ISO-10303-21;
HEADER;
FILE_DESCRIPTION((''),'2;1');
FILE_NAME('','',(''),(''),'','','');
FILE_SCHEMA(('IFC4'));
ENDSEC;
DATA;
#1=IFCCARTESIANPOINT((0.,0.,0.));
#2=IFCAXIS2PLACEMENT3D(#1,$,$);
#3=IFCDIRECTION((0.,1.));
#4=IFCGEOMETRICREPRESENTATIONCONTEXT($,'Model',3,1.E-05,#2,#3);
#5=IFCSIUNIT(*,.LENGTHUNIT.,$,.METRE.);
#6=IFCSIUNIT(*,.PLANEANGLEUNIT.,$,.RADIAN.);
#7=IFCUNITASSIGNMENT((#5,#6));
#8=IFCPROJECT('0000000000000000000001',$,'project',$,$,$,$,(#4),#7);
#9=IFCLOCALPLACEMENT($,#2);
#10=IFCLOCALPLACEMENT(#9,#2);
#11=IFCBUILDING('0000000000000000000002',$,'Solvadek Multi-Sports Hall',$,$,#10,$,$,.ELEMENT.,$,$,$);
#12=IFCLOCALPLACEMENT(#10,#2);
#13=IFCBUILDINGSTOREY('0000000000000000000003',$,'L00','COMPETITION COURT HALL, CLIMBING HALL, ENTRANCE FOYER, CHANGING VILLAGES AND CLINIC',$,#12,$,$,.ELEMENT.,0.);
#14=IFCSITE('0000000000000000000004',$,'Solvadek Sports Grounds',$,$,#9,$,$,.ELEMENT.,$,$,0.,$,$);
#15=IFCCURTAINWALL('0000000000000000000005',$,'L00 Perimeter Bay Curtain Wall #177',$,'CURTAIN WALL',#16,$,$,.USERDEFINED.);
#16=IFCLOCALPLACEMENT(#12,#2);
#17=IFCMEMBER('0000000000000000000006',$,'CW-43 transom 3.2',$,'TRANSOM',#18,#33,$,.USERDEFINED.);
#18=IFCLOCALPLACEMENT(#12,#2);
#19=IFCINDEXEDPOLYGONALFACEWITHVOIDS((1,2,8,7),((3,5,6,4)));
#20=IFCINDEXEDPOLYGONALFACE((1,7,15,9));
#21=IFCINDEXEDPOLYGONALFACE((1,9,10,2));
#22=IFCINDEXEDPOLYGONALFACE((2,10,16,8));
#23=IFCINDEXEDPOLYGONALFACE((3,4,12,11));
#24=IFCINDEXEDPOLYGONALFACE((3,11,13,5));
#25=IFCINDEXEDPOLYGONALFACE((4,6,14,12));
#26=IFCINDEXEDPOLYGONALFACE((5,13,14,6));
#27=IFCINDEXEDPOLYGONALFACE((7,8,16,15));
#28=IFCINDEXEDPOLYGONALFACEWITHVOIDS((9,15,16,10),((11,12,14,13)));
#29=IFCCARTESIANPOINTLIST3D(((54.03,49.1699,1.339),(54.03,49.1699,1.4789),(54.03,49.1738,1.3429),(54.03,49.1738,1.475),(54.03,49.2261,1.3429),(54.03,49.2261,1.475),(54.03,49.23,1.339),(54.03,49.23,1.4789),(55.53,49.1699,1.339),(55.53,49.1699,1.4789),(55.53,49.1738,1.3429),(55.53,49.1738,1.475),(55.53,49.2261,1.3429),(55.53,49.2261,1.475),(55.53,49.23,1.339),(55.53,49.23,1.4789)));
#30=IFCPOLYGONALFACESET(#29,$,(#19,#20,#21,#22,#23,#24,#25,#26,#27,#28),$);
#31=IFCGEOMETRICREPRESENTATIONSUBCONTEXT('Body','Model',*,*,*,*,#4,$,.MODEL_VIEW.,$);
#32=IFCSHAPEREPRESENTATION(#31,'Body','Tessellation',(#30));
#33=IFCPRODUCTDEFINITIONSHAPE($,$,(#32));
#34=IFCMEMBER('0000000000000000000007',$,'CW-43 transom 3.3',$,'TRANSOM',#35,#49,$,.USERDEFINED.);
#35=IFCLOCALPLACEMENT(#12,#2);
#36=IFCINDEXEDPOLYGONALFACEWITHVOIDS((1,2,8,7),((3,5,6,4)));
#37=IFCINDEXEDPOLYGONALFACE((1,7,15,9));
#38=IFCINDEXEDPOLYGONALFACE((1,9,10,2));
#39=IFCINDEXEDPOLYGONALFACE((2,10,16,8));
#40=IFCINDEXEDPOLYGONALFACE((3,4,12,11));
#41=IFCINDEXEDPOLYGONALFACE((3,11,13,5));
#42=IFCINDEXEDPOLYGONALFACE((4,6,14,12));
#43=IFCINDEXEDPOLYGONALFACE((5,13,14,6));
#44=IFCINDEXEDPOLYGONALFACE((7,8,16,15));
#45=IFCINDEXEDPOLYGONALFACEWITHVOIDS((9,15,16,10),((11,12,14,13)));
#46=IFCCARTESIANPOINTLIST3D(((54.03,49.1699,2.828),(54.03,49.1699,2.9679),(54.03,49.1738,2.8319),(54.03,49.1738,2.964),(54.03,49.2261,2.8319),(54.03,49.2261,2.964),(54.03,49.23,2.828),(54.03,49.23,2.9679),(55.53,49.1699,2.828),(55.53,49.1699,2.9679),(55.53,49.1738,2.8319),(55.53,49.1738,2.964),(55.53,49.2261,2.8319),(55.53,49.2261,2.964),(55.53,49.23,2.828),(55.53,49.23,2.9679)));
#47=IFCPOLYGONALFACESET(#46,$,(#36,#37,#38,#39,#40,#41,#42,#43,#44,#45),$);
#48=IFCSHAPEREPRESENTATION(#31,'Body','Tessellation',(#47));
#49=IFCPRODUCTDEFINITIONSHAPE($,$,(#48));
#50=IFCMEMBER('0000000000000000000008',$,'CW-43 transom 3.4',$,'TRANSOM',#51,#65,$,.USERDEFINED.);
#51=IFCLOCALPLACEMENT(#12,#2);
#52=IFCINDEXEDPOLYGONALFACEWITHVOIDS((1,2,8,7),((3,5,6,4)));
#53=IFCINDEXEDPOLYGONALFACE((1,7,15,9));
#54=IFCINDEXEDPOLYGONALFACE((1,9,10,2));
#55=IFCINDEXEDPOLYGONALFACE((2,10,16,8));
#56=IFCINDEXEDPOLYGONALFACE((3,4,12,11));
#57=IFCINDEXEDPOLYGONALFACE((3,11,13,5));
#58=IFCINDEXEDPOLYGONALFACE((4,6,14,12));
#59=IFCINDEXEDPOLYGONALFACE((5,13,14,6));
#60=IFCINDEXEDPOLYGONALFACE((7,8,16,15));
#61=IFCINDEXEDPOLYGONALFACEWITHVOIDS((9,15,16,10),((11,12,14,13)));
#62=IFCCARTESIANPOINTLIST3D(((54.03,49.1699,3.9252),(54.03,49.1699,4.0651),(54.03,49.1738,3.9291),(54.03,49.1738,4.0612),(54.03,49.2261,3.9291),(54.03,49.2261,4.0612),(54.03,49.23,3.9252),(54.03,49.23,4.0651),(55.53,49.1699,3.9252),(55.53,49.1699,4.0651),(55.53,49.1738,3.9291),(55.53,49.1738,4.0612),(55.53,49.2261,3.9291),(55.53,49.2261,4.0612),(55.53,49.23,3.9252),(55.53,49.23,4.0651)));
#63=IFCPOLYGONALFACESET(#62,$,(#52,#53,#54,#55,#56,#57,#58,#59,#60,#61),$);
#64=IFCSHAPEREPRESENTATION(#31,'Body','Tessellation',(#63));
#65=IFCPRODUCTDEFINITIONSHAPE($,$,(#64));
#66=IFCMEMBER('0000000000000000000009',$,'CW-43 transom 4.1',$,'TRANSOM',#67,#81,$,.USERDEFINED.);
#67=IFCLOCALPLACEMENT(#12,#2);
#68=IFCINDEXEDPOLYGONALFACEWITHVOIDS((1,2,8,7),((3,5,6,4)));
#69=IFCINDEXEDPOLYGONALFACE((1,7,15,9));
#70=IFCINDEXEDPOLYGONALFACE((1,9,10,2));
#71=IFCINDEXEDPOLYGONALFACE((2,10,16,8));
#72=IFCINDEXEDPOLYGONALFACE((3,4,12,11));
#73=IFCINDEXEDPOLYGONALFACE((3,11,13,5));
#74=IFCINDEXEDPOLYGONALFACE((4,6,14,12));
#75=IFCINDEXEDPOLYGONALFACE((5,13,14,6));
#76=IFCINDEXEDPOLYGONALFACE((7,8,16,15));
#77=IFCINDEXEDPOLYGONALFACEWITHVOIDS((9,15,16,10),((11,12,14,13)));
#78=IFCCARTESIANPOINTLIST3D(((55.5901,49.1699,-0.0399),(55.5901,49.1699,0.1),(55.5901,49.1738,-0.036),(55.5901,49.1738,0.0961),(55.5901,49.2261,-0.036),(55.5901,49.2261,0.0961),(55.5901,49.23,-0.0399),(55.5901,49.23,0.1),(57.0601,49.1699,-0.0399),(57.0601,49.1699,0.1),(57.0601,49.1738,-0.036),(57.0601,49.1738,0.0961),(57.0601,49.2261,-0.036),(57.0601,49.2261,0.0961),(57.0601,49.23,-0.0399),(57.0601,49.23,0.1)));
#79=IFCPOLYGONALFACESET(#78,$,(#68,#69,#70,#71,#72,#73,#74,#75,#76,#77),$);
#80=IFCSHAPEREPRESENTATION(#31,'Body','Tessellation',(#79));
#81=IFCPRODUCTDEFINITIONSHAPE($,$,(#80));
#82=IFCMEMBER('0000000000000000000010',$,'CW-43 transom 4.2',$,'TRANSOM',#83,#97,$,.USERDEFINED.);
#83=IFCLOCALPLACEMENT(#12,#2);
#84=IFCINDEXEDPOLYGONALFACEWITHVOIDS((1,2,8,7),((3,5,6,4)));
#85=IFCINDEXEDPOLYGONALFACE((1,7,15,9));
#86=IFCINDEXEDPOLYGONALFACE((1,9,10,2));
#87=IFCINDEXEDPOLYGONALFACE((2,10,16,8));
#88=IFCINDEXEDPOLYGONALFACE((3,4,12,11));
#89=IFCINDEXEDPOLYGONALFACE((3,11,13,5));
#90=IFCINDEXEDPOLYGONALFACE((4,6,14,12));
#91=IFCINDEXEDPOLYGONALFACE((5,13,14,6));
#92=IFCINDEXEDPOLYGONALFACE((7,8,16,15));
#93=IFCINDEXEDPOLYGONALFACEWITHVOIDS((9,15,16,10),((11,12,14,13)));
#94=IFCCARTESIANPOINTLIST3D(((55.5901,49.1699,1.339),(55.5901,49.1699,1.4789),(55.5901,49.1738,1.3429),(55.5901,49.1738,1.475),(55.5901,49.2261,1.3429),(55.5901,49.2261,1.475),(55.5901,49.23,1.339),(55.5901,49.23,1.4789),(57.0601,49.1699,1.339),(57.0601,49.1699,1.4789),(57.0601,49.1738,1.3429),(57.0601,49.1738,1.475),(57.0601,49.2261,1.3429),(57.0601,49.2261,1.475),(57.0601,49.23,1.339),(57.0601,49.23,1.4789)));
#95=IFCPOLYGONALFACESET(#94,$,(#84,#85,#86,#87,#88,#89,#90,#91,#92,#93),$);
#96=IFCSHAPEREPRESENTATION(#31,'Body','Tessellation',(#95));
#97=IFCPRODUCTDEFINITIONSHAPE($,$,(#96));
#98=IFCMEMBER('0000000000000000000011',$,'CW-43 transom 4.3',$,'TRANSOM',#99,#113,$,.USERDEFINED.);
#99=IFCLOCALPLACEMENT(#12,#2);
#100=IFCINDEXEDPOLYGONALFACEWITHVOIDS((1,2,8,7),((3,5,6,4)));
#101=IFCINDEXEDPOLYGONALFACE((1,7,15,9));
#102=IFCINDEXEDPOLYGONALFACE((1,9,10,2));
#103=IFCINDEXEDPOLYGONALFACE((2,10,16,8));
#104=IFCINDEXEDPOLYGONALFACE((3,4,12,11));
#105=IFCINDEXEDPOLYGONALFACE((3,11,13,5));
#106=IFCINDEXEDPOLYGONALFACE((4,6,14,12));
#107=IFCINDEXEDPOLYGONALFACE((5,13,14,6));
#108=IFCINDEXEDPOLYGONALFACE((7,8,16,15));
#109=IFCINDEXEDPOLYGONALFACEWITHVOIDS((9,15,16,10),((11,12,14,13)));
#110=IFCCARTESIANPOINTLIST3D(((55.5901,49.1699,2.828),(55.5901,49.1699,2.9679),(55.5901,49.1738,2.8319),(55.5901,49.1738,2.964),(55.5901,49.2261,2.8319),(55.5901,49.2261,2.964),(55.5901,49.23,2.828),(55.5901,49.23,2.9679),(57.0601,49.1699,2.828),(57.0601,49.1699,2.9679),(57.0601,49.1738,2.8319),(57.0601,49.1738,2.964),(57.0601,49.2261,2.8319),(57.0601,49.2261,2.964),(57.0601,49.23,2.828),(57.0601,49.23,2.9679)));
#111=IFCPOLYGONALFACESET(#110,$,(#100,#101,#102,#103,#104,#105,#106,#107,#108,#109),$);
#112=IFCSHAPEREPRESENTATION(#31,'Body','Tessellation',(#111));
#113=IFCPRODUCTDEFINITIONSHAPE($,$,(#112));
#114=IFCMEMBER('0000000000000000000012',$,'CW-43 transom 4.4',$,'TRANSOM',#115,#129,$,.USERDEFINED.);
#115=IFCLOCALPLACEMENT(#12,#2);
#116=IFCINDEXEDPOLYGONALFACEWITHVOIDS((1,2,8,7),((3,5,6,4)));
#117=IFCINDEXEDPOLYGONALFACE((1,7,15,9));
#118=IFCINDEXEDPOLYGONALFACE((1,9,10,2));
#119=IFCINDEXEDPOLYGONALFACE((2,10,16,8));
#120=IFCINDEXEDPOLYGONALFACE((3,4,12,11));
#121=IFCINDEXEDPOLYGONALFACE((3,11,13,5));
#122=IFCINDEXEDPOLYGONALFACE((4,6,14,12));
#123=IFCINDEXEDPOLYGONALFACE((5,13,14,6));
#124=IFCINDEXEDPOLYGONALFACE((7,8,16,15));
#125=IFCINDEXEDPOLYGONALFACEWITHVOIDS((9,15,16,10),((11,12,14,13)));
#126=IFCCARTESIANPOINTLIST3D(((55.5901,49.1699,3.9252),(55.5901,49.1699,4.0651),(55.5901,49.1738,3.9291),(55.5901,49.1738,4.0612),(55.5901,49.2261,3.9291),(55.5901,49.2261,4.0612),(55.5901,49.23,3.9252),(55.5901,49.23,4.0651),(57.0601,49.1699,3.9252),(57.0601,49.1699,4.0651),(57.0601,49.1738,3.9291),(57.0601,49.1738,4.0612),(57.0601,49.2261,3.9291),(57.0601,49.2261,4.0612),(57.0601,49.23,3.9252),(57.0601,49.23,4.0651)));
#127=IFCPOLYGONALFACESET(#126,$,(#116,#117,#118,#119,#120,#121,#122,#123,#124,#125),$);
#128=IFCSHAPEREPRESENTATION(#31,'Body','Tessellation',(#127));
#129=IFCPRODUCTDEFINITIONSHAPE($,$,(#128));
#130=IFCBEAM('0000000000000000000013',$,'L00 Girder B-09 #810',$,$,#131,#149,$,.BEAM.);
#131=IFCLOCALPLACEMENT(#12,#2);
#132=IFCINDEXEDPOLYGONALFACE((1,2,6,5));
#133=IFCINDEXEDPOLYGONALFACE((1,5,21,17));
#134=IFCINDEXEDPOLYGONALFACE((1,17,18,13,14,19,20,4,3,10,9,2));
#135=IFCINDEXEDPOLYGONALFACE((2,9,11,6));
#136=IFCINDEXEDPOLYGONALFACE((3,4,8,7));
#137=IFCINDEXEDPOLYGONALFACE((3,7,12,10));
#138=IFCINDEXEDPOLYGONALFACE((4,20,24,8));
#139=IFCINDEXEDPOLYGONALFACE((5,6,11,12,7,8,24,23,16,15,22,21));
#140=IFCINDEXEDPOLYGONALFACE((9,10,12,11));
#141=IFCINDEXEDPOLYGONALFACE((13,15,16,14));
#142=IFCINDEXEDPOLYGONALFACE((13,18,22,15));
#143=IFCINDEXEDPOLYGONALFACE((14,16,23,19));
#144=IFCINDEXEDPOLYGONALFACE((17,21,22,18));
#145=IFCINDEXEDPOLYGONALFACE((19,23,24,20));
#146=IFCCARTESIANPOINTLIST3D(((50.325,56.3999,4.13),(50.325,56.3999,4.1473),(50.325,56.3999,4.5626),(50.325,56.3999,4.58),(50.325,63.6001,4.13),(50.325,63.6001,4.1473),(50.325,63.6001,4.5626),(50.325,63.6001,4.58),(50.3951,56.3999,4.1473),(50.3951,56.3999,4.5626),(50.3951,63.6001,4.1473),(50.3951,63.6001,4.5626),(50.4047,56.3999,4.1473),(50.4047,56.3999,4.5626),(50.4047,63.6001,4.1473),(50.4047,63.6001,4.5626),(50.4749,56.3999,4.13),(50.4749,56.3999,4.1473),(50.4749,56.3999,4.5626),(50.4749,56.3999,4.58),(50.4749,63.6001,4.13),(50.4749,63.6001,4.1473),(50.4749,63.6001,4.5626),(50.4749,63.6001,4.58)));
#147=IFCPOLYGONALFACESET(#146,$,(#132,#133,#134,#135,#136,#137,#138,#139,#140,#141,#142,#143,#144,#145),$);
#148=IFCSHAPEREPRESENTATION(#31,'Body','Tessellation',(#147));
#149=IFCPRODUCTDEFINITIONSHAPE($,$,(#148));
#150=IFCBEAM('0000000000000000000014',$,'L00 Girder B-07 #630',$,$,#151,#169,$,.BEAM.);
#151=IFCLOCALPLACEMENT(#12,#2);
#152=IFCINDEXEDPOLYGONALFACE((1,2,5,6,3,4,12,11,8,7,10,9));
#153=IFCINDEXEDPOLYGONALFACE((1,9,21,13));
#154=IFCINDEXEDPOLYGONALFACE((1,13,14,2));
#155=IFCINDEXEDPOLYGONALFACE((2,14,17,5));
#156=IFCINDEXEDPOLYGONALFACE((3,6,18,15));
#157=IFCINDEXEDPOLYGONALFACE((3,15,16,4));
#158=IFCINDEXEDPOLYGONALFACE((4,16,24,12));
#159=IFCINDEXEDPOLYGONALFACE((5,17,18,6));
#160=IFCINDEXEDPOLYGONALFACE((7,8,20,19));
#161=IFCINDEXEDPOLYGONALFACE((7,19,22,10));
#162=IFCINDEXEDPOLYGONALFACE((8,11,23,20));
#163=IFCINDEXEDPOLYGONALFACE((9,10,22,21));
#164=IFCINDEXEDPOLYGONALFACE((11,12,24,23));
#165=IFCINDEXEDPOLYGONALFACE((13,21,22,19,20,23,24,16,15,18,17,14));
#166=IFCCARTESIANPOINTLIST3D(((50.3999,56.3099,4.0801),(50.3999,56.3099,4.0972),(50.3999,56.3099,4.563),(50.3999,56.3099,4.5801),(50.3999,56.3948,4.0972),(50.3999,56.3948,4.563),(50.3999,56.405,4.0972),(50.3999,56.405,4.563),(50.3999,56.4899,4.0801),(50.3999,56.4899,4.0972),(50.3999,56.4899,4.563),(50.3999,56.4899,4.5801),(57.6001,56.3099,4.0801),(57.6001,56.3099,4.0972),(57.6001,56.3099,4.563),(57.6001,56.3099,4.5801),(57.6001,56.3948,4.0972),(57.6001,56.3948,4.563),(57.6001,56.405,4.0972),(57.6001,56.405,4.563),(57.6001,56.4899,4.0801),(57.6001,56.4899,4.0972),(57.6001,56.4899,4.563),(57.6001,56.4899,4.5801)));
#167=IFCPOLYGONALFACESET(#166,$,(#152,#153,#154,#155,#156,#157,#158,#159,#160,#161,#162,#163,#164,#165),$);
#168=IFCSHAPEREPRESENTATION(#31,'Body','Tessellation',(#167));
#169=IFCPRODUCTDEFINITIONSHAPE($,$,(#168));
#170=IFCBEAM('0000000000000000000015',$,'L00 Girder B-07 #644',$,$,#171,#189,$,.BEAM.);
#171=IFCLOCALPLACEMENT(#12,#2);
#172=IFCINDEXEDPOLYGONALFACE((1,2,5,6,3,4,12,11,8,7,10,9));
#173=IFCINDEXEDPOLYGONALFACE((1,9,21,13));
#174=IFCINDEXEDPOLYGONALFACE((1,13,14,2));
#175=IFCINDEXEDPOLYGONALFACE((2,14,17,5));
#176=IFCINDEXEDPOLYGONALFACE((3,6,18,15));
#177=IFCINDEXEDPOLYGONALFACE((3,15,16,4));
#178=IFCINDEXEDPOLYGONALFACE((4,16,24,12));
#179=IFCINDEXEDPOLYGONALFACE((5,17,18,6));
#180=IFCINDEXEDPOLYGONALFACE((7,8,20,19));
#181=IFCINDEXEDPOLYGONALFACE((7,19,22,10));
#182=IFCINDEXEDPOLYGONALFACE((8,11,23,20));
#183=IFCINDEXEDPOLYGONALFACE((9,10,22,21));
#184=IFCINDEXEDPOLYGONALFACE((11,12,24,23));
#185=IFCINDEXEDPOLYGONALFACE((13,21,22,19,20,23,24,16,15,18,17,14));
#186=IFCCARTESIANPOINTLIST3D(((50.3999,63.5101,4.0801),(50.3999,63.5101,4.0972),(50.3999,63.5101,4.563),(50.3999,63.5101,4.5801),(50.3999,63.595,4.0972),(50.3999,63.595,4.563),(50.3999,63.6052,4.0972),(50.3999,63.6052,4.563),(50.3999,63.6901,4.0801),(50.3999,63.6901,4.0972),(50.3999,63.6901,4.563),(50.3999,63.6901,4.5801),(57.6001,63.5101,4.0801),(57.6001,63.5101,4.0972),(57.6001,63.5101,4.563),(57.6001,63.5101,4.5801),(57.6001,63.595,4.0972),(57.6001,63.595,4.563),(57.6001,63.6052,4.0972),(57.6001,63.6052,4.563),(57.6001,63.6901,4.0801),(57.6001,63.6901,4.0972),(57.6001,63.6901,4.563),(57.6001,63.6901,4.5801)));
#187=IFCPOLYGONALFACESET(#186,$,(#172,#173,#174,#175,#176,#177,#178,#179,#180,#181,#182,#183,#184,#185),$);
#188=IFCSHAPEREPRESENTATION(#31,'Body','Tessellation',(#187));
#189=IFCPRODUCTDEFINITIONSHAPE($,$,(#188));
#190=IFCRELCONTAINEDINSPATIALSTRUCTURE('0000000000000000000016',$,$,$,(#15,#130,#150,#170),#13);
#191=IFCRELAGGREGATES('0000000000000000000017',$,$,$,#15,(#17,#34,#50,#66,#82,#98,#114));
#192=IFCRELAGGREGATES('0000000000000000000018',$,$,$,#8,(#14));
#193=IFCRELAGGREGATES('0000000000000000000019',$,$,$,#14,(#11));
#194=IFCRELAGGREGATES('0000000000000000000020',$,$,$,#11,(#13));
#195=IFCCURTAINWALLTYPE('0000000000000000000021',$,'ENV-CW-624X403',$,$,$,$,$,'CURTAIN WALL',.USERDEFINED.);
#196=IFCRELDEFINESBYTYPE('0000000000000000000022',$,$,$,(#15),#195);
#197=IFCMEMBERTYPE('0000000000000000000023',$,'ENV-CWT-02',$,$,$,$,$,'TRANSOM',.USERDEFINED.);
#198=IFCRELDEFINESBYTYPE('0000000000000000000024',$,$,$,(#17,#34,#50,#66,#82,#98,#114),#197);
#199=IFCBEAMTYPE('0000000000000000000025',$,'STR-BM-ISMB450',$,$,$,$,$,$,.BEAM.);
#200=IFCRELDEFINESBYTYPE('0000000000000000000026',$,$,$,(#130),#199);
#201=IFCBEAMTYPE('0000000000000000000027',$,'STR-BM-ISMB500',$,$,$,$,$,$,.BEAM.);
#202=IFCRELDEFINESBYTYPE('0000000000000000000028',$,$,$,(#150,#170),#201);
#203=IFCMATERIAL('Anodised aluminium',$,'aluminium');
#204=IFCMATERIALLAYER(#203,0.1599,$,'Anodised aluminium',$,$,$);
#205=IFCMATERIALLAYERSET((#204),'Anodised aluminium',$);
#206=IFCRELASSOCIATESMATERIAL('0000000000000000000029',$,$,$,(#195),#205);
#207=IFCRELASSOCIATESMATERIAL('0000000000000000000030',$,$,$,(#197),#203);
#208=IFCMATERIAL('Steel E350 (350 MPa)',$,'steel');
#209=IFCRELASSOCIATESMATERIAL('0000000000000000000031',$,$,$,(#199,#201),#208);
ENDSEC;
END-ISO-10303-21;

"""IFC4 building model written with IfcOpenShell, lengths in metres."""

from ifc_helpers import new_model, si_unit, direction, frame, origin, origin_2d, place, context, subcontext, project, spatial, hollow_rectangle, i_section, extrude, material, layer, layer_set, material_profile, profile_set, type_object, element, aggregate, save


model = new_model("IFC4")

# Units and contexts
model_context = context("Model", 3, precision=1e-05, world=origin(), true_north=direction((0.0, 1.0)))
body_context = subcontext(model_context, "Body", "Model", "MODEL_VIEW")
ifc_project = project(units=[si_unit("LENGTHUNIT", "METRE"), si_unit("PLANEANGLEUNIT", "RADIAN")], contexts=[model_context])

# Site, building, storey
site_placement = place(None, origin())
site = spatial("IfcSite", under=ifc_project, at=site_placement, Name="Solvadek Sports Grounds", CompositionType="ELEMENT", RefElevation=0.0)
building_placement = place(site_placement, origin())
building = spatial("IfcBuilding", under=site, at=building_placement, Name="Solvadek Multi-Sports Hall", CompositionType="ELEMENT")
storey_placement = place(building_placement, origin())
storey = spatial("IfcBuildingStorey", under=building, at=storey_placement, Name="L00", Description="COMPETITION COURT HALL, CLIMBING HALL, ENTRANCE FOYER, CHANGING VILLAGES AND CLINIC", CompositionType="ELEMENT", Elevation=0.0)

# Shared definitions
ifc_material_1 = material(Name="Steel E350 (350 MPa)", Category="steel")

# Curtain wall, members
ifc_material_2 = material(Name="Anodised aluminium", Category="aluminium")
ifc_layer_1 = layer(ifc_material_2, 0.1599, Name="Anodised aluminium")
ifc_layer_set_1 = layer_set([ifc_layer_1], Name="Anodised aluminium")
curtain_wall_type = type_object("IfcCurtainWallType", Name="ENV-CW-624X403", ElementType="CURTAIN WALL", PredefinedType="USERDEFINED", material=ifc_layer_set_1)
curtain_wall_placement = place(storey_placement, origin())
curtain_wall = element("IfcCurtainWall", 1, at=curtain_wall_placement, inside=storey, type_object=curtain_wall_type, Name="L00 Perimeter Bay Curtain Wall #177", ObjectType="CURTAIN WALL", PredefinedType="USERDEFINED")
ifc_material_profile_1 = material_profile(ifc_material_2, hollow_rectangle(XDim=0.0601, YDim=0.1399, WallThickness=0.0039, at=origin_2d()), Name="ALU-T 140x60x4")
ifc_profile_set_1 = profile_set([ifc_material_profile_1], Name="Anodised aluminium")
member_type_1 = type_object("IfcMemberType", Name="ENV-CWT-02", ElementType="TRANSOM", PredefinedType="USERDEFINED", material=ifc_profile_set_1)
member_1_placement = place(storey_placement, frame((54.03, 49.2, 1.4089), z_axis=(1.0, 0.0, 0.0), x_axis=(0.0, 1.0, 0.0)))
member_1 = element("IfcMember", 2, at=member_1_placement, type_object=member_type_1, Name="CW-43 transom 3.2", ObjectType="TRANSOM", PredefinedType="USERDEFINED", context=body_context, shape_type="SweptSolid", body=[
    extrude(hollow_rectangle(XDim=0.0601, YDim=0.1399, WallThickness=0.0039, at=origin_2d()), origin(), (0.0, 0.0, 1.0), 1.5),
])
member_2_placement = place(storey_placement, frame((54.03, 49.2, 2.8979), z_axis=(1.0, 0.0, 0.0), x_axis=(0.0, 1.0, 0.0)))
member_2 = element("IfcMember", 3, at=member_2_placement, type_object=member_type_1, Name="CW-43 transom 3.3", ObjectType="TRANSOM", PredefinedType="USERDEFINED", context=body_context, shape_type="SweptSolid", body=[
    extrude(hollow_rectangle(XDim=0.0601, YDim=0.1399, WallThickness=0.0039, at=origin_2d()), origin(), (0.0, 0.0, 1.0), 1.5),
])
member_3_placement = place(storey_placement, frame((54.03, 49.2, 3.9951), z_axis=(1.0, 0.0, 0.0), x_axis=(0.0, 1.0, 0.0)))
member_3 = element("IfcMember", 4, at=member_3_placement, type_object=member_type_1, Name="CW-43 transom 3.4", ObjectType="TRANSOM", PredefinedType="USERDEFINED", context=body_context, shape_type="SweptSolid", body=[
    extrude(hollow_rectangle(XDim=0.0601, YDim=0.1399, WallThickness=0.0039, at=origin_2d()), origin(), (0.0, 0.0, 1.0), 1.5),
])
member_4_placement = place(storey_placement, frame((55.5901, 49.2, 0.03), z_axis=(1.0, 0.0, 0.0), x_axis=(0.0, 1.0, 0.0)))
member_4 = element("IfcMember", 5, at=member_4_placement, type_object=member_type_1, Name="CW-43 transom 4.1", ObjectType="TRANSOM", PredefinedType="USERDEFINED", context=body_context, shape_type="SweptSolid", body=[
    extrude(hollow_rectangle(XDim=0.0601, YDim=0.1399, WallThickness=0.0039, at=origin_2d()), origin(), (0.0, 0.0, 1.0), 1.47),
])
member_5_placement = place(storey_placement, frame((55.5901, 49.2, 1.4089), z_axis=(1.0, 0.0, 0.0), x_axis=(0.0, 1.0, 0.0)))
member_5 = element("IfcMember", 6, at=member_5_placement, type_object=member_type_1, Name="CW-43 transom 4.2", ObjectType="TRANSOM", PredefinedType="USERDEFINED", context=body_context, shape_type="SweptSolid", body=[
    extrude(hollow_rectangle(XDim=0.0601, YDim=0.1399, WallThickness=0.0039, at=origin_2d()), origin(), (0.0, 0.0, 1.0), 1.47),
])
member_6_placement = place(storey_placement, frame((55.5901, 49.2, 2.8979), z_axis=(1.0, 0.0, 0.0), x_axis=(0.0, 1.0, 0.0)))
member_6 = element("IfcMember", 7, at=member_6_placement, type_object=member_type_1, Name="CW-43 transom 4.3", ObjectType="TRANSOM", PredefinedType="USERDEFINED", context=body_context, shape_type="SweptSolid", body=[
    extrude(hollow_rectangle(XDim=0.0601, YDim=0.1399, WallThickness=0.0039, at=origin_2d()), origin(), (0.0, 0.0, 1.0), 1.47),
])
member_7_placement = place(storey_placement, frame((55.5901, 49.2, 3.9951), z_axis=(1.0, 0.0, 0.0), x_axis=(0.0, 1.0, 0.0)))
member_7 = element("IfcMember", 8, at=member_7_placement, type_object=member_type_1, Name="CW-43 transom 4.4", ObjectType="TRANSOM", PredefinedType="USERDEFINED", context=body_context, shape_type="SweptSolid", body=[
    extrude(hollow_rectangle(XDim=0.0601, YDim=0.1399, WallThickness=0.0039, at=origin_2d()), origin(), (0.0, 0.0, 1.0), 1.47),
])

# Beams
ifc_material_profile_2 = material_profile(ifc_material_1, i_section(OverallWidth=0.1499, OverallDepth=0.45, WebThickness=0.0095, FlangeThickness=0.0173, at=origin_2d()), Name="ISMB 450")
ifc_profile_set_2 = profile_set([ifc_material_profile_2], Name="Steel E350 (350 MPa)")
beam_type_1 = type_object("IfcBeamType", Name="STR-BM-ISMB450", PredefinedType="BEAM", material=ifc_profile_set_2)
beam_1_placement = place(storey_placement, frame((50.3999, 56.3999, 4.355), z_axis=(0.0, 1.0, 0.0), x_axis=(-1.0, 0.0, 0.0)))
element("IfcBeam", 9, at=beam_1_placement, inside=storey, type_object=beam_type_1, Name="L00 Girder B-09 #810", PredefinedType="BEAM", context=body_context, shape_type="SweptSolid", body=[
    extrude(i_section(OverallWidth=0.1499, OverallDepth=0.45, WebThickness=0.0095, FlangeThickness=0.0173, at=origin_2d()), origin(), (0.0, 0.0, 1.0), 7.2002),
])
ifc_material_profile_3 = material_profile(ifc_material_1, i_section(OverallWidth=0.1799, OverallDepth=0.5, WebThickness=0.0103, FlangeThickness=0.0171, at=origin_2d()), Name="ISMB 500")
ifc_profile_set_3 = profile_set([ifc_material_profile_3], Name="Steel E350 (350 MPa)")
beam_type_2 = type_object("IfcBeamType", Name="STR-BM-ISMB500", PredefinedType="BEAM", material=ifc_profile_set_3)
for number, where, z_axis, x_axis, name in (
    (10, (50.3999, 56.3999, 4.3301), (1.0, 0.0, 0.0), (0.0, 1.0, 0.0), "L00 Girder B-07 #630"),
    (11, (50.3999, 63.6001, 4.3301), (1.0, 0.0, 0.0), (0.0, 1.0, 0.0), "L00 Girder B-07 #644"),
):
    element("IfcBeam", number, at=place(storey_placement, frame(where, z_axis=z_axis, x_axis=x_axis)), inside=storey, type_object=beam_type_2, Name=name, PredefinedType="BEAM", context=body_context, shape_type="SweptSolid", body=[
        extrude(i_section(OverallWidth=0.1799, OverallDepth=0.5, WebThickness=0.0103, FlangeThickness=0.0171, at=origin_2d()), origin(), (0.0, 0.0, 1.0), 7.2002),
    ])

aggregate(curtain_wall, [member_1, member_2, member_3, member_4, member_5, member_6, member_7])

save(model, "model.ifc")
